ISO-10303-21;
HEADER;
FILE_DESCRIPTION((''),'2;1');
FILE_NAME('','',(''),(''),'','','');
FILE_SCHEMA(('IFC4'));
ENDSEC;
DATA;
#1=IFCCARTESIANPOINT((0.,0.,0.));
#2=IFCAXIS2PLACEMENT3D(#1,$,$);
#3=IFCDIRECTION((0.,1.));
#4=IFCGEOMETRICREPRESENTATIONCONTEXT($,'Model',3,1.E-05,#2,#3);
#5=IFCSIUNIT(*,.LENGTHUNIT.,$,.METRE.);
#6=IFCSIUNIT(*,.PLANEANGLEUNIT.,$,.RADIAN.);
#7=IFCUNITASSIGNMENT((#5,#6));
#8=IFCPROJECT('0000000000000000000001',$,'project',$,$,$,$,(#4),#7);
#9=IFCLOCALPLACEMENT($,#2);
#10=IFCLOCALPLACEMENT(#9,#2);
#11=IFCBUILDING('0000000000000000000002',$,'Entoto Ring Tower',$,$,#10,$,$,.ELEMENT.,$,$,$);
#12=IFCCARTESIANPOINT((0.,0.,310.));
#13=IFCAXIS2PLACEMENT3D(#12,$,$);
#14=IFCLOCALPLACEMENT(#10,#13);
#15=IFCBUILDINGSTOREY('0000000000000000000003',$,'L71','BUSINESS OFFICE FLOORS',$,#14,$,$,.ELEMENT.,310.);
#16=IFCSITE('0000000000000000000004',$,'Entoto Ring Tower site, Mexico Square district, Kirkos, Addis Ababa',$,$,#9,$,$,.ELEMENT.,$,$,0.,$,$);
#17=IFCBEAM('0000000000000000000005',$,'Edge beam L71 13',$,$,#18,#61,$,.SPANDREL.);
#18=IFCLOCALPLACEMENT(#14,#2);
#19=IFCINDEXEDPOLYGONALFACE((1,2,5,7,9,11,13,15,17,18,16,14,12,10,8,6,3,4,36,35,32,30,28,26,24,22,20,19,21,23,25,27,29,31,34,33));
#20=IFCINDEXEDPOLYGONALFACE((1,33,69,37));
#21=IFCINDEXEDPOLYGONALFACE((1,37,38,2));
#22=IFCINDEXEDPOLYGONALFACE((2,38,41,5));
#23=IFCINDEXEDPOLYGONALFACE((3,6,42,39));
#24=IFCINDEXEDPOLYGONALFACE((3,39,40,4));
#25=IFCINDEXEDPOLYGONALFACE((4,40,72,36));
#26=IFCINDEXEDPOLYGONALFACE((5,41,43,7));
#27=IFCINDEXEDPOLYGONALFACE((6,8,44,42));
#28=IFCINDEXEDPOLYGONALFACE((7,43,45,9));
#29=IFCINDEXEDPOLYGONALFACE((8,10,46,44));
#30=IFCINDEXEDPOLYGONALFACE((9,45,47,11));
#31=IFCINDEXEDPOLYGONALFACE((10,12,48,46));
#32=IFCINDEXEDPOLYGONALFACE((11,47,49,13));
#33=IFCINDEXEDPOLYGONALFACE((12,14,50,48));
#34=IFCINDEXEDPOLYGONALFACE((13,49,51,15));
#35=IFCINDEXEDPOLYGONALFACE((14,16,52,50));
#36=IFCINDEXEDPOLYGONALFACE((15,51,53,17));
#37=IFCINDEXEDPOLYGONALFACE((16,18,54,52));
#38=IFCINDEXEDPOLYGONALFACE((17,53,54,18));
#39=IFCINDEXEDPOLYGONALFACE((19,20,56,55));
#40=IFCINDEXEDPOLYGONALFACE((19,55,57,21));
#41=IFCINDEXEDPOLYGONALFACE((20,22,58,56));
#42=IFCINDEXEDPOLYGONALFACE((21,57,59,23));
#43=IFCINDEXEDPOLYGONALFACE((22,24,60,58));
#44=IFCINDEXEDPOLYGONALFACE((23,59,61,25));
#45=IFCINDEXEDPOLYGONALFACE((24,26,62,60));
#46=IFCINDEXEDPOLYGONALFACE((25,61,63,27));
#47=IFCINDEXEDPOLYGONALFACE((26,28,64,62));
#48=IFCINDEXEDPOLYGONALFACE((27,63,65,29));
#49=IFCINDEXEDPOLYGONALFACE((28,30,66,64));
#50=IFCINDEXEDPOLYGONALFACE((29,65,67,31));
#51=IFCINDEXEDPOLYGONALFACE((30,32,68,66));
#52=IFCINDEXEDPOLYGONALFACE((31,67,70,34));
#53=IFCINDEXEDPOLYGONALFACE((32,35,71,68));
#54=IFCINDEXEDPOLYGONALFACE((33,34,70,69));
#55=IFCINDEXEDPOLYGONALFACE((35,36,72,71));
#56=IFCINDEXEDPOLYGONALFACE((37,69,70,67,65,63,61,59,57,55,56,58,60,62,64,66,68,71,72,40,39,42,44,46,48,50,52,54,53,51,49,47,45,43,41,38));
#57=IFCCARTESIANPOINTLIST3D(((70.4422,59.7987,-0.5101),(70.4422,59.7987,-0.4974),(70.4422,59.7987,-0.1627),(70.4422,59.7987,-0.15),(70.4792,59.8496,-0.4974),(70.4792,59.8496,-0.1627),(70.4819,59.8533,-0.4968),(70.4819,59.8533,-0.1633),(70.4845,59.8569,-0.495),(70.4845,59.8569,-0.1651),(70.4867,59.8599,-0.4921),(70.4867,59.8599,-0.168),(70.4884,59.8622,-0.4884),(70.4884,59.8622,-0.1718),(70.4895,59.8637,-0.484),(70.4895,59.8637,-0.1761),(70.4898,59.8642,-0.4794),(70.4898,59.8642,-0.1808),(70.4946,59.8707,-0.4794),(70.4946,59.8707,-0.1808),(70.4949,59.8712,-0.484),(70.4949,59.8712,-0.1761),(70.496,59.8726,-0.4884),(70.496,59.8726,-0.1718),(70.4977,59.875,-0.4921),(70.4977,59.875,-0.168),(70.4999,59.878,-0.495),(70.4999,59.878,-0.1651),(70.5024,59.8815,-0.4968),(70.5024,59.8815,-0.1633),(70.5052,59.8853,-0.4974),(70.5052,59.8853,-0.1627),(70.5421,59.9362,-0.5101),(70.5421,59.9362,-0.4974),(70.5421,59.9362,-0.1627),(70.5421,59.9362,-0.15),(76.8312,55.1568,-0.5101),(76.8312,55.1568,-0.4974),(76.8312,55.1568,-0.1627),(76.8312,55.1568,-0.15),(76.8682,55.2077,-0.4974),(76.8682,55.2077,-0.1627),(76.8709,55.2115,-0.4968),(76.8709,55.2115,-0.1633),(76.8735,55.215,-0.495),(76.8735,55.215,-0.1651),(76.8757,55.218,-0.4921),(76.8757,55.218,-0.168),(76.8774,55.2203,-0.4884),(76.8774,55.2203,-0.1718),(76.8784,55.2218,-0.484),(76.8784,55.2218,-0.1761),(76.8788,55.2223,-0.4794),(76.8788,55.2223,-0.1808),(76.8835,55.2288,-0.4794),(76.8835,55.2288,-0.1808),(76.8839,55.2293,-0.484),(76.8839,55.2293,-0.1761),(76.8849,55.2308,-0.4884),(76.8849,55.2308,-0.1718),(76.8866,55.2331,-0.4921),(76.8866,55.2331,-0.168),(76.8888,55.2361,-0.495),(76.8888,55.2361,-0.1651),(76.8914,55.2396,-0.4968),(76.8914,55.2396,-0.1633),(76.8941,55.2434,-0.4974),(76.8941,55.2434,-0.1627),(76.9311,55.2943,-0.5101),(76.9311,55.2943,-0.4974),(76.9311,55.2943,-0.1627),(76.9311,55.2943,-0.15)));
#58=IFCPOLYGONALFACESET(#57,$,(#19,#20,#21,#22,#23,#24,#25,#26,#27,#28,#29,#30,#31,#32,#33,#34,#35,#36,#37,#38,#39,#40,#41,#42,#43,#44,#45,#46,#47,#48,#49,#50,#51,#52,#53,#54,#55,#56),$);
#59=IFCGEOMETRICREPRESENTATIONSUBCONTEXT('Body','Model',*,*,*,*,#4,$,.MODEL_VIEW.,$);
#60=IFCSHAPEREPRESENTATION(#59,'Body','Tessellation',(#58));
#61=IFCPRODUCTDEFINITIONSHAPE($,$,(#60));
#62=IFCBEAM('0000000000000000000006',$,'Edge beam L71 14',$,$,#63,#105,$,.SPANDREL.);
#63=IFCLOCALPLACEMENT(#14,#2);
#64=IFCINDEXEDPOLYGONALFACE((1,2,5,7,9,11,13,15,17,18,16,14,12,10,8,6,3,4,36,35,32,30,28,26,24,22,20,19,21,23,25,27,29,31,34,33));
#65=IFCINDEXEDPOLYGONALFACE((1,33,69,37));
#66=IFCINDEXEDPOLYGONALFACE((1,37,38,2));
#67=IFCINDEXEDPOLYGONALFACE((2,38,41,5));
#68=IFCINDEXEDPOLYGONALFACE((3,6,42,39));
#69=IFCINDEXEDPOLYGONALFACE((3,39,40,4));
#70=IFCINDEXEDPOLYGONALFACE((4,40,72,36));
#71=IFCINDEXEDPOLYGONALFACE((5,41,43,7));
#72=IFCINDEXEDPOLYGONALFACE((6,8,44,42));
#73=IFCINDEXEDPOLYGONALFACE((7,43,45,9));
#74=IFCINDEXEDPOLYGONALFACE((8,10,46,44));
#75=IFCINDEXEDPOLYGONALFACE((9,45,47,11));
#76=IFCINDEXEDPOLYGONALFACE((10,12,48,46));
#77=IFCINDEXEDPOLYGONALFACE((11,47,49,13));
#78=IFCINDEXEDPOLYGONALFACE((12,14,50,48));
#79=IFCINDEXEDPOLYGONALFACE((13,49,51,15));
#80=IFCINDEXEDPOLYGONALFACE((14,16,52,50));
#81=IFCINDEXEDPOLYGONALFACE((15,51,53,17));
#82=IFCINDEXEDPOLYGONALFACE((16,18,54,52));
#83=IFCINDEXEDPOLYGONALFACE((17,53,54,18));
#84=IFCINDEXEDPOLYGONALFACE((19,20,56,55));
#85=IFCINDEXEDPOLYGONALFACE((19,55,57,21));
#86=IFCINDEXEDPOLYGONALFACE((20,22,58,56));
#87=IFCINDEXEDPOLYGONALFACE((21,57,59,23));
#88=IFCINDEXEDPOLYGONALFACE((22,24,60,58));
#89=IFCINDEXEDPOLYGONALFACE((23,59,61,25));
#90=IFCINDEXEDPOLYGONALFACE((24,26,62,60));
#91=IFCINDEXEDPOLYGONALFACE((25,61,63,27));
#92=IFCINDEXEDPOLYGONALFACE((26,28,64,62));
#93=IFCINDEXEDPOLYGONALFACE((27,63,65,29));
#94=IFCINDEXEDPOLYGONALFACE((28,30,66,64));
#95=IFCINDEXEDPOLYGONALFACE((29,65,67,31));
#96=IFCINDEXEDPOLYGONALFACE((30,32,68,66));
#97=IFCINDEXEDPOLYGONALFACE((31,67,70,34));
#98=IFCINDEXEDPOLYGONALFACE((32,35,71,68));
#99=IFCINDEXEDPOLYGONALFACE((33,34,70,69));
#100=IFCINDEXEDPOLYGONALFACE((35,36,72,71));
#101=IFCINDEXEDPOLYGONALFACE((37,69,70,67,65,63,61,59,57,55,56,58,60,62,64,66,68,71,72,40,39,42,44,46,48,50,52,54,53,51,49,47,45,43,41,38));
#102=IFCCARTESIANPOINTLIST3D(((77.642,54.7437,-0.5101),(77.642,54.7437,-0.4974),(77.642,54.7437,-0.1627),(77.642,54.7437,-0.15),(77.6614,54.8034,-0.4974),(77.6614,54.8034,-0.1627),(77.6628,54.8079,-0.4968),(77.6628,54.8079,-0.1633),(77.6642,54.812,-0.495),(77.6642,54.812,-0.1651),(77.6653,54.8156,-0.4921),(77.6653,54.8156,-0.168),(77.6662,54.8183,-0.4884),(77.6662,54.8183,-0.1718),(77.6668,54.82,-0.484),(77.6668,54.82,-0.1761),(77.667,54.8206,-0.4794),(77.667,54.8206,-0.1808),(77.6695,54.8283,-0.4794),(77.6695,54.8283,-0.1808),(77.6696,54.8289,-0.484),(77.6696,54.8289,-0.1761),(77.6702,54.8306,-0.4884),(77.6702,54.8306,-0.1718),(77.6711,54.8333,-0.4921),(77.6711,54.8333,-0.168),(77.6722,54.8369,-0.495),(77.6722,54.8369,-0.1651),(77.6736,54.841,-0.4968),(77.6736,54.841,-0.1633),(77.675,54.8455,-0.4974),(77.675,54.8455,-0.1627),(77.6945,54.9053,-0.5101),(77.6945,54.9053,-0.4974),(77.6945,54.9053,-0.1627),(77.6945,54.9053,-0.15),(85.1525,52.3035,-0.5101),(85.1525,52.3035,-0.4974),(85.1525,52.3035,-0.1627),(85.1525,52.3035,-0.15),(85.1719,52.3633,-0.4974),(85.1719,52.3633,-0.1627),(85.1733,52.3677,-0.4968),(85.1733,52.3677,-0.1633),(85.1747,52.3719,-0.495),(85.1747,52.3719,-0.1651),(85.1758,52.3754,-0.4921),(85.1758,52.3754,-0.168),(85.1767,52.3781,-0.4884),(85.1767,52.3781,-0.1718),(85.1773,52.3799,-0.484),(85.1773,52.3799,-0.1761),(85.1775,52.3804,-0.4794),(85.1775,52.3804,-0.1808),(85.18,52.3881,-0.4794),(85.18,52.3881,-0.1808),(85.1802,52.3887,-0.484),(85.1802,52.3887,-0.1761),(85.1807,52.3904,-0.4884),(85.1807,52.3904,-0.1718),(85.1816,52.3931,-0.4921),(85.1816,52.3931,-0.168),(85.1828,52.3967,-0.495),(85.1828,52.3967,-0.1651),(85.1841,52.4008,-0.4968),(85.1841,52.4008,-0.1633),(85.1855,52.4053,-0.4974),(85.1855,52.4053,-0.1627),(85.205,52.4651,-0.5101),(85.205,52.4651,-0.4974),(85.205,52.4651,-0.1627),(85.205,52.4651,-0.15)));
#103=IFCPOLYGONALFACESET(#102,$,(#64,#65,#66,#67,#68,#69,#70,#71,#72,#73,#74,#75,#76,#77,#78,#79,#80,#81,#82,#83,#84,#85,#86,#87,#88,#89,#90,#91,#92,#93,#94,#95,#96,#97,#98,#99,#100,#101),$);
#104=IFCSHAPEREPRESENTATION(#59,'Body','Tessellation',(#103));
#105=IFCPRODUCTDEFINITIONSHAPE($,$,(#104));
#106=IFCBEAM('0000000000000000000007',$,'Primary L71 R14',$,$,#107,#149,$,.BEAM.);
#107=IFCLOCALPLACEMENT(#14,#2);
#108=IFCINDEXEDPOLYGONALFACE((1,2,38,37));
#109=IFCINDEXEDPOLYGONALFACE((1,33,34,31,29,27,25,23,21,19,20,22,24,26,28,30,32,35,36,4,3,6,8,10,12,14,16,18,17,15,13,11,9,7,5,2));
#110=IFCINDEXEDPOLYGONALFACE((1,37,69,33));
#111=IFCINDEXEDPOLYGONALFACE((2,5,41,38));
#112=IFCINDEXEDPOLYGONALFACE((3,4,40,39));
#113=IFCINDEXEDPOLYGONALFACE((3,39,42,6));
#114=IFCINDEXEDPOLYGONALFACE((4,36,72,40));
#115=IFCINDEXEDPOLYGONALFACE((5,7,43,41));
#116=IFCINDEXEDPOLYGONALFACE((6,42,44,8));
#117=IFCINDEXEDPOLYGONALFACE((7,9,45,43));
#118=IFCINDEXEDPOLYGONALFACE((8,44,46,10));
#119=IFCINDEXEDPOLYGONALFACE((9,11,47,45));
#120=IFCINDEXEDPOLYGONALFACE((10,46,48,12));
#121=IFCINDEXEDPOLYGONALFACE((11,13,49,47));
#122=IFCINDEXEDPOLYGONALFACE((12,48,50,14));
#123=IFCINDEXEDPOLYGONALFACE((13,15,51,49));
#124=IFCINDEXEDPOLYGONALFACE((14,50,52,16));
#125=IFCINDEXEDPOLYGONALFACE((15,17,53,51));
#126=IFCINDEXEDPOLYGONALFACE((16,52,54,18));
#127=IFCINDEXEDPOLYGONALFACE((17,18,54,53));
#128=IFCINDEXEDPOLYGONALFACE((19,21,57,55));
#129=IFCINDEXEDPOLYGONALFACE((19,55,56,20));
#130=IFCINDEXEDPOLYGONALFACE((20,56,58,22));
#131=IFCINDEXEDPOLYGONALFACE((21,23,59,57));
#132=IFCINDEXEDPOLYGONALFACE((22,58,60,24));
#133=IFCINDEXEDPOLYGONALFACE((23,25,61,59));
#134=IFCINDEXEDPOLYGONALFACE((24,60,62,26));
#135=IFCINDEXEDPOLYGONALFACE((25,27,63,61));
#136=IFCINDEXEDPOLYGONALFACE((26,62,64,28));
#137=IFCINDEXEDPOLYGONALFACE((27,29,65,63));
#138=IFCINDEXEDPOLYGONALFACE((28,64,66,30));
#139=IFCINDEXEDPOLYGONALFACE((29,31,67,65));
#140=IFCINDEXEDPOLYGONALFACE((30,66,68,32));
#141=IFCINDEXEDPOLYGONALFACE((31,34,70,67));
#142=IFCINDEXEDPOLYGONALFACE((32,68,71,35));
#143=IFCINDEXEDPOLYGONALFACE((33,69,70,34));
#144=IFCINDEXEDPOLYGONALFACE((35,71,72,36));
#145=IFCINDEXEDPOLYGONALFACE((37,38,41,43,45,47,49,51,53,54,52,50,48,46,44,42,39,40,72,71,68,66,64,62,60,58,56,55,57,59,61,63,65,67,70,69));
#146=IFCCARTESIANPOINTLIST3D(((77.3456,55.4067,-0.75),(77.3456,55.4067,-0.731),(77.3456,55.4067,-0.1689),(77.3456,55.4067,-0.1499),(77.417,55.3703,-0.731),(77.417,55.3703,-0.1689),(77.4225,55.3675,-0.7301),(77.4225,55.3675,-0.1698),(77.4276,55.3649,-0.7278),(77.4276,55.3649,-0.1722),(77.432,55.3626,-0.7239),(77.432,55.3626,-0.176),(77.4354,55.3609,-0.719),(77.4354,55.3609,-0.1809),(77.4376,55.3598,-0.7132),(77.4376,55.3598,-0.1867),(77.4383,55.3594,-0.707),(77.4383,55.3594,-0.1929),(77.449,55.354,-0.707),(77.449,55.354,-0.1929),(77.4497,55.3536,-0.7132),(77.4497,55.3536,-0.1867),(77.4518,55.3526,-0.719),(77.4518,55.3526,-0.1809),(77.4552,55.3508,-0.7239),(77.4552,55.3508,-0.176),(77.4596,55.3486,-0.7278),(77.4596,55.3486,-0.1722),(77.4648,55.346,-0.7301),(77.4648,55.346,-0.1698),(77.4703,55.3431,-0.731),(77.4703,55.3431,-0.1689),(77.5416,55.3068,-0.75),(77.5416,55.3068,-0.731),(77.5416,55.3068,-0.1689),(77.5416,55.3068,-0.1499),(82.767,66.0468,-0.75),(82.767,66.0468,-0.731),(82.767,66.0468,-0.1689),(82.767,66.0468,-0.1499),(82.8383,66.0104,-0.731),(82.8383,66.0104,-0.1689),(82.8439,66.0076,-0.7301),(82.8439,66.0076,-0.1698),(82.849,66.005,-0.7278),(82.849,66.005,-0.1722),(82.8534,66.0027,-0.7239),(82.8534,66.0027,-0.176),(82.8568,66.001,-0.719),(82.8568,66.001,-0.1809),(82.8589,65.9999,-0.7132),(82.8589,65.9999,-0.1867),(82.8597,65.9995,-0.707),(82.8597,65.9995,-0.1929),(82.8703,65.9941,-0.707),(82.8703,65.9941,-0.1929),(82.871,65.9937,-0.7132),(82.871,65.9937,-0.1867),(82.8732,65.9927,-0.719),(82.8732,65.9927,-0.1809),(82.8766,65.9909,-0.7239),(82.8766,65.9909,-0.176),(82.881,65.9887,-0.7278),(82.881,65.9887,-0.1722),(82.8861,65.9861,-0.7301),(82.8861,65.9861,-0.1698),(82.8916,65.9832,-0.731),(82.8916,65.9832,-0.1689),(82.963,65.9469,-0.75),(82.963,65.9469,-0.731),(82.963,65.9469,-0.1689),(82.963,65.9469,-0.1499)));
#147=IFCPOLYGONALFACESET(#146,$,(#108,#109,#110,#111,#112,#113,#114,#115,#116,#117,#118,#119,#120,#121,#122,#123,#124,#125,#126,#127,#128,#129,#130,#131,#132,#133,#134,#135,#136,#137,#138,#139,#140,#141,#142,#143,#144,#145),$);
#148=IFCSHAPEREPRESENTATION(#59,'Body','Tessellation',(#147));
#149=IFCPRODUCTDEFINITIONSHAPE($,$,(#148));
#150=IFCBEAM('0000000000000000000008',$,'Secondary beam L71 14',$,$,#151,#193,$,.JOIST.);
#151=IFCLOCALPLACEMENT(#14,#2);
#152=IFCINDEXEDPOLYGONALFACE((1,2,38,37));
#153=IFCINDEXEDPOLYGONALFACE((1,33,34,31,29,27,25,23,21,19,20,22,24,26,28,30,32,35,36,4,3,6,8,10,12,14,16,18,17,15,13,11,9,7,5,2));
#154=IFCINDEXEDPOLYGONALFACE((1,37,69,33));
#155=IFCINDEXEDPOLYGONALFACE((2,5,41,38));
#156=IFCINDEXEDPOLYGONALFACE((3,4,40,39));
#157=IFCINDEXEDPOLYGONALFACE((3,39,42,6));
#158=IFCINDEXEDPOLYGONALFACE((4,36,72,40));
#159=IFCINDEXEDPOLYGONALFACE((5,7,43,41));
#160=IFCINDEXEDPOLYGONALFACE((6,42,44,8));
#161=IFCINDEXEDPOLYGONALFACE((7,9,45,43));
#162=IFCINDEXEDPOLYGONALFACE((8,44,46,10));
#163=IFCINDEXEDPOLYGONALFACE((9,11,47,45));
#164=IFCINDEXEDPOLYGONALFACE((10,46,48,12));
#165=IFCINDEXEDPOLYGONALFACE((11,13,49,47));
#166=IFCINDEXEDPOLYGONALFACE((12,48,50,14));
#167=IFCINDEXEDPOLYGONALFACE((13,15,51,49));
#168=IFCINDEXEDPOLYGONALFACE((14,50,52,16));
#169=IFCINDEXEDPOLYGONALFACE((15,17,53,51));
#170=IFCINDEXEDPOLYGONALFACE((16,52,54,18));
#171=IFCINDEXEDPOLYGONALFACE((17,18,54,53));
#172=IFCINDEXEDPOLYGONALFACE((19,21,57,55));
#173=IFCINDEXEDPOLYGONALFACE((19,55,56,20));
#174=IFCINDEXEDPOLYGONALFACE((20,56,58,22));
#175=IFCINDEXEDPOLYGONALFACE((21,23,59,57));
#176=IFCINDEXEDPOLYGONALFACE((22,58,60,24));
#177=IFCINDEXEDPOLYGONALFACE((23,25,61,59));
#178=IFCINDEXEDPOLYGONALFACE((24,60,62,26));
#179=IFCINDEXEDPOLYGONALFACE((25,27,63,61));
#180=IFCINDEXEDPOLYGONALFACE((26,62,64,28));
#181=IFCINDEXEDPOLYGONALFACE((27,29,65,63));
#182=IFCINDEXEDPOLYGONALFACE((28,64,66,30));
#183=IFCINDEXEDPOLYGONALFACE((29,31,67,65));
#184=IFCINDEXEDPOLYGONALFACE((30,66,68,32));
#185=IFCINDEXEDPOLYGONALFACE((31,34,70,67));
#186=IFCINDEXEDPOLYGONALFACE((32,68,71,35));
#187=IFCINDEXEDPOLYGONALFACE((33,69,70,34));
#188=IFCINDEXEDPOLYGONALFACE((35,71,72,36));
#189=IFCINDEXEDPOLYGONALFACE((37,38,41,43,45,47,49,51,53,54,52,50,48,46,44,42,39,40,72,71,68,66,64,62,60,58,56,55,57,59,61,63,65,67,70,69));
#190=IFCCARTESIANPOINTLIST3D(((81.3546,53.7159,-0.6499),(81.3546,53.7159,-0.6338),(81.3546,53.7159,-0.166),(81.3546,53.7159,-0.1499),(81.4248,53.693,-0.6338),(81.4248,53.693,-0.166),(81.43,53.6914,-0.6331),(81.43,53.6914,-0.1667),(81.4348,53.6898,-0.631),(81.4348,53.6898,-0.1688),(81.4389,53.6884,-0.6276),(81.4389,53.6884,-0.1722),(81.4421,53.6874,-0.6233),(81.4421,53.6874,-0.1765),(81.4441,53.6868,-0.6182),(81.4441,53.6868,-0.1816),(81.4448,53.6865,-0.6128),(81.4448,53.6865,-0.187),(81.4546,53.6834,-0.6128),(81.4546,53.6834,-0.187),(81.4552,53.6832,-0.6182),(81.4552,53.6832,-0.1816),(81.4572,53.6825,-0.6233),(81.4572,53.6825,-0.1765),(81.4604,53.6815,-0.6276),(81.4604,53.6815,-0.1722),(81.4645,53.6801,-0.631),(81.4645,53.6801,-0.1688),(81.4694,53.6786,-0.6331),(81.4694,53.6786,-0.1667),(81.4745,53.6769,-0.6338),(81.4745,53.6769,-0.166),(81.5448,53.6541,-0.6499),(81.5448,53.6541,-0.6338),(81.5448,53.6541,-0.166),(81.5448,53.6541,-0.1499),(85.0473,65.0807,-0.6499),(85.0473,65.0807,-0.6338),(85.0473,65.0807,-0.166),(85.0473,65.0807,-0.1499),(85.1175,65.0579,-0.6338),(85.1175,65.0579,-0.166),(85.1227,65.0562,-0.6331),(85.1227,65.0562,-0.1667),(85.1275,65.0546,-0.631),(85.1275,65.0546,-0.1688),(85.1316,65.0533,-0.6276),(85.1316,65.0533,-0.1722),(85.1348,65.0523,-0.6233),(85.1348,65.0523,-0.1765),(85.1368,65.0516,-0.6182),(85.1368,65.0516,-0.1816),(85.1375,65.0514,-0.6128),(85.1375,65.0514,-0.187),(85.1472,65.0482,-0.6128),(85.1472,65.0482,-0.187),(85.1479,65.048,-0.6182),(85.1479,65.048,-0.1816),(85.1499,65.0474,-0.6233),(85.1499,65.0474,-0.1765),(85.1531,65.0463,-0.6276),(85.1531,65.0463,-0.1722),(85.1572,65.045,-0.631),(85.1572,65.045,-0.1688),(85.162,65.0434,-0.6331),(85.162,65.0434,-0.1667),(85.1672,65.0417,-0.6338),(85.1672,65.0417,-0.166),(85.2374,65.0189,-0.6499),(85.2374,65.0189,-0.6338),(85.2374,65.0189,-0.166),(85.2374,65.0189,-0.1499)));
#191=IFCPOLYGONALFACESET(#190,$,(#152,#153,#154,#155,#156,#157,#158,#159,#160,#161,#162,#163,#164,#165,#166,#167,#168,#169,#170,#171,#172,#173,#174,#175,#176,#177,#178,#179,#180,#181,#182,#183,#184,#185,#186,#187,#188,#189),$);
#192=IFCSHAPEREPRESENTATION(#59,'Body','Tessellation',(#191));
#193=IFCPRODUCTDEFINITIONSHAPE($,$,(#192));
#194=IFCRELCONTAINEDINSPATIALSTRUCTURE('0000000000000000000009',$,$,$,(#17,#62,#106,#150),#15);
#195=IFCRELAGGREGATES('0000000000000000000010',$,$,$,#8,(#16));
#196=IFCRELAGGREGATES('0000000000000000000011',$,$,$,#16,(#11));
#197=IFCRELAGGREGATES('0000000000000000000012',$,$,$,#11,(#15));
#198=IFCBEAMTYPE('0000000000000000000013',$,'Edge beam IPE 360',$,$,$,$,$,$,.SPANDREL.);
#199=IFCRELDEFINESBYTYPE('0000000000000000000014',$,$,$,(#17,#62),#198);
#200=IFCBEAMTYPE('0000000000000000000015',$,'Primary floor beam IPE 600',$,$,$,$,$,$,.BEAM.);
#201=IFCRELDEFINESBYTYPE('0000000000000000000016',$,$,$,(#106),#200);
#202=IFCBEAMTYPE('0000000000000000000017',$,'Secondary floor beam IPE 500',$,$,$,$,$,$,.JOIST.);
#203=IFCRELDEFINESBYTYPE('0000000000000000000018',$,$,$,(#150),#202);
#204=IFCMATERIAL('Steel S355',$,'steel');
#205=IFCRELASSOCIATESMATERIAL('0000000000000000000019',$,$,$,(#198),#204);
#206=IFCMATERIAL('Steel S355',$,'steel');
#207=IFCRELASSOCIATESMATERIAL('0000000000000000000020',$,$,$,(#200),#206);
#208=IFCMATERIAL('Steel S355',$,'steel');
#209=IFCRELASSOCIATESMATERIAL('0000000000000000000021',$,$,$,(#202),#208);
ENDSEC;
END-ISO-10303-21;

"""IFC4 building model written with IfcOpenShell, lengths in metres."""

from ifc_helpers import new_model, si_unit, direction, frame, origin, origin_2d, place, context, subcontext, project, spatial, i_section, extrude, material, material_profile, profile_set, type_object, element, save


model = new_model("IFC4")

# Units and contexts
model_context = context("Model", 3, precision=1e-05, world=origin(), true_north=direction((0.0, 1.0)))
body_context = subcontext(model_context, "Body", "Model", "MODEL_VIEW")
ifc_project = project(units=[si_unit("LENGTHUNIT", "METRE"), si_unit("PLANEANGLEUNIT", "RADIAN")], contexts=[model_context])

# Site, building, storey
site_placement = place(None, origin())
site = spatial("IfcSite", under=ifc_project, at=site_placement, Name="Entoto Ring Tower site, Mexico Square district, Kirkos, Addis Ababa", CompositionType="ELEMENT", RefElevation=0.0)
building_placement = place(site_placement, origin())
building = spatial("IfcBuilding", under=site, at=building_placement, Name="Entoto Ring Tower", CompositionType="ELEMENT")
storey_placement = place(building_placement, frame((0.0, 0.0, 310.0)))
storey = spatial("IfcBuildingStorey", under=building, at=storey_placement, Name="L71", Description="BUSINESS OFFICE FLOORS", CompositionType="ELEMENT", Elevation=310.0)

# Beams
ifc_material_1 = material(Name="Steel S355", Category="steel")
ifc_material_profile_1 = material_profile(ifc_material_1, i_section(OverallWidth=0.1699, OverallDepth=0.3601, WebThickness=0.0081, FlangeThickness=0.0127, FilletRadius=0.0181, at=origin_2d()), Name="IPE 360")
ifc_profile_set_1 = profile_set([ifc_material_profile_1], Name="Steel S355")
beam_type_1 = type_object("IfcBeamType", Name="Edge beam IPE 360", PredefinedType="SPANDREL", material=ifc_profile_set_1)
beam_1_placement = place(storey_placement, frame((70.4922, 59.8674, -0.3301), z_axis=(0.809015, -0.587787, 0.0), x_axis=(0.587787, 0.809015, 0.0)))
element("IfcBeam", 1, at=beam_1_placement, inside=storey, type_object=beam_type_1, Name="Edge beam L71 13", PredefinedType="SPANDREL", context=body_context, shape_type="SweptSolid", body=[
    extrude(i_section(OverallWidth=0.1699, OverallDepth=0.3601, WebThickness=0.0081, FlangeThickness=0.0127, FilletRadius=0.0181, at=origin_2d()), origin(), (0.0, 0.0, 1.0), 7.8972),
])
beam_2_placement = place(storey_placement, frame((77.6682, 54.8245, -0.3301), z_axis=(0.951061, -0.309003, 0.0), x_axis=(0.309003, 0.951061, 0.0)))
element("IfcBeam", 2, at=beam_2_placement, inside=storey, type_object=beam_type_1, Name="Edge beam L71 14", PredefinedType="SPANDREL", context=body_context, shape_type="SweptSolid", body=[
    extrude(i_section(OverallWidth=0.1699, OverallDepth=0.3601, WebThickness=0.0081, FlangeThickness=0.0127, FilletRadius=0.0181, at=origin_2d()), origin(), (0.0, 0.0, 1.0), 7.897),
])
ifc_material_2 = material(Name="Steel S355", Category="steel")
ifc_material_profile_2 = material_profile(ifc_material_2, i_section(OverallWidth=0.22, OverallDepth=0.6001, WebThickness=0.012, FlangeThickness=0.019, FilletRadius=0.0239, at=origin_2d()), Name="IPE 600")
ifc_profile_set_2 = profile_set([ifc_material_profile_2], Name="Steel S355")
beam_type_2 = type_object("IfcBeamType", Name="Primary floor beam IPE 600", PredefinedType="BEAM", material=ifc_profile_set_2)
beam_3_placement = place(storey_placement, frame((82.865, 65.9968, -0.45), z_axis=(-0.453988, -0.891008, 0.0), x_axis=(0.891008, -0.453988, 0.0)))
element("IfcBeam", 3, at=beam_3_placement, inside=storey, type_object=beam_type_2, Name="Primary L71 R14", PredefinedType="BEAM", context=body_context, shape_type="SweptSolid", body=[
    extrude(i_section(OverallWidth=0.22, OverallDepth=0.6001, WebThickness=0.012, FlangeThickness=0.019, FilletRadius=0.0239, at=origin_2d()), origin(), (0.0, 0.0, 1.0), 11.9417),
])
ifc_material_3 = material(Name="Steel S355", Category="steel")
ifc_material_profile_3 = material_profile(ifc_material_3, i_section(OverallWidth=0.2, OverallDepth=0.5, WebThickness=0.0103, FlangeThickness=0.0161, FilletRadius=0.021, at=origin_2d()), Name="IPE 500")
ifc_profile_set_3 = profile_set([ifc_material_profile_3], Name="Steel S355")
beam_type_3 = type_object("IfcBeamType", Name="Secondary floor beam IPE 500", PredefinedType="JOIST", material=ifc_profile_set_3)
beam_4_placement = place(storey_placement, frame((85.1423, 65.0498, -0.3999), z_axis=(-0.309017, -0.951057, 0.0), x_axis=(0.951057, -0.309017, 0.0)))
element("IfcBeam", 4, at=beam_4_placement, inside=storey, type_object=beam_type_3, Name="Secondary beam L71 14", PredefinedType="JOIST", context=body_context, shape_type="SweptSolid", body=[
    extrude(i_section(OverallWidth=0.2, OverallDepth=0.5, WebThickness=0.0103, FlangeThickness=0.0161, FilletRadius=0.021, at=origin_2d()), origin(), (0.0, 0.0, 1.0), 11.9497),
])

save(model, "model.ifc")
